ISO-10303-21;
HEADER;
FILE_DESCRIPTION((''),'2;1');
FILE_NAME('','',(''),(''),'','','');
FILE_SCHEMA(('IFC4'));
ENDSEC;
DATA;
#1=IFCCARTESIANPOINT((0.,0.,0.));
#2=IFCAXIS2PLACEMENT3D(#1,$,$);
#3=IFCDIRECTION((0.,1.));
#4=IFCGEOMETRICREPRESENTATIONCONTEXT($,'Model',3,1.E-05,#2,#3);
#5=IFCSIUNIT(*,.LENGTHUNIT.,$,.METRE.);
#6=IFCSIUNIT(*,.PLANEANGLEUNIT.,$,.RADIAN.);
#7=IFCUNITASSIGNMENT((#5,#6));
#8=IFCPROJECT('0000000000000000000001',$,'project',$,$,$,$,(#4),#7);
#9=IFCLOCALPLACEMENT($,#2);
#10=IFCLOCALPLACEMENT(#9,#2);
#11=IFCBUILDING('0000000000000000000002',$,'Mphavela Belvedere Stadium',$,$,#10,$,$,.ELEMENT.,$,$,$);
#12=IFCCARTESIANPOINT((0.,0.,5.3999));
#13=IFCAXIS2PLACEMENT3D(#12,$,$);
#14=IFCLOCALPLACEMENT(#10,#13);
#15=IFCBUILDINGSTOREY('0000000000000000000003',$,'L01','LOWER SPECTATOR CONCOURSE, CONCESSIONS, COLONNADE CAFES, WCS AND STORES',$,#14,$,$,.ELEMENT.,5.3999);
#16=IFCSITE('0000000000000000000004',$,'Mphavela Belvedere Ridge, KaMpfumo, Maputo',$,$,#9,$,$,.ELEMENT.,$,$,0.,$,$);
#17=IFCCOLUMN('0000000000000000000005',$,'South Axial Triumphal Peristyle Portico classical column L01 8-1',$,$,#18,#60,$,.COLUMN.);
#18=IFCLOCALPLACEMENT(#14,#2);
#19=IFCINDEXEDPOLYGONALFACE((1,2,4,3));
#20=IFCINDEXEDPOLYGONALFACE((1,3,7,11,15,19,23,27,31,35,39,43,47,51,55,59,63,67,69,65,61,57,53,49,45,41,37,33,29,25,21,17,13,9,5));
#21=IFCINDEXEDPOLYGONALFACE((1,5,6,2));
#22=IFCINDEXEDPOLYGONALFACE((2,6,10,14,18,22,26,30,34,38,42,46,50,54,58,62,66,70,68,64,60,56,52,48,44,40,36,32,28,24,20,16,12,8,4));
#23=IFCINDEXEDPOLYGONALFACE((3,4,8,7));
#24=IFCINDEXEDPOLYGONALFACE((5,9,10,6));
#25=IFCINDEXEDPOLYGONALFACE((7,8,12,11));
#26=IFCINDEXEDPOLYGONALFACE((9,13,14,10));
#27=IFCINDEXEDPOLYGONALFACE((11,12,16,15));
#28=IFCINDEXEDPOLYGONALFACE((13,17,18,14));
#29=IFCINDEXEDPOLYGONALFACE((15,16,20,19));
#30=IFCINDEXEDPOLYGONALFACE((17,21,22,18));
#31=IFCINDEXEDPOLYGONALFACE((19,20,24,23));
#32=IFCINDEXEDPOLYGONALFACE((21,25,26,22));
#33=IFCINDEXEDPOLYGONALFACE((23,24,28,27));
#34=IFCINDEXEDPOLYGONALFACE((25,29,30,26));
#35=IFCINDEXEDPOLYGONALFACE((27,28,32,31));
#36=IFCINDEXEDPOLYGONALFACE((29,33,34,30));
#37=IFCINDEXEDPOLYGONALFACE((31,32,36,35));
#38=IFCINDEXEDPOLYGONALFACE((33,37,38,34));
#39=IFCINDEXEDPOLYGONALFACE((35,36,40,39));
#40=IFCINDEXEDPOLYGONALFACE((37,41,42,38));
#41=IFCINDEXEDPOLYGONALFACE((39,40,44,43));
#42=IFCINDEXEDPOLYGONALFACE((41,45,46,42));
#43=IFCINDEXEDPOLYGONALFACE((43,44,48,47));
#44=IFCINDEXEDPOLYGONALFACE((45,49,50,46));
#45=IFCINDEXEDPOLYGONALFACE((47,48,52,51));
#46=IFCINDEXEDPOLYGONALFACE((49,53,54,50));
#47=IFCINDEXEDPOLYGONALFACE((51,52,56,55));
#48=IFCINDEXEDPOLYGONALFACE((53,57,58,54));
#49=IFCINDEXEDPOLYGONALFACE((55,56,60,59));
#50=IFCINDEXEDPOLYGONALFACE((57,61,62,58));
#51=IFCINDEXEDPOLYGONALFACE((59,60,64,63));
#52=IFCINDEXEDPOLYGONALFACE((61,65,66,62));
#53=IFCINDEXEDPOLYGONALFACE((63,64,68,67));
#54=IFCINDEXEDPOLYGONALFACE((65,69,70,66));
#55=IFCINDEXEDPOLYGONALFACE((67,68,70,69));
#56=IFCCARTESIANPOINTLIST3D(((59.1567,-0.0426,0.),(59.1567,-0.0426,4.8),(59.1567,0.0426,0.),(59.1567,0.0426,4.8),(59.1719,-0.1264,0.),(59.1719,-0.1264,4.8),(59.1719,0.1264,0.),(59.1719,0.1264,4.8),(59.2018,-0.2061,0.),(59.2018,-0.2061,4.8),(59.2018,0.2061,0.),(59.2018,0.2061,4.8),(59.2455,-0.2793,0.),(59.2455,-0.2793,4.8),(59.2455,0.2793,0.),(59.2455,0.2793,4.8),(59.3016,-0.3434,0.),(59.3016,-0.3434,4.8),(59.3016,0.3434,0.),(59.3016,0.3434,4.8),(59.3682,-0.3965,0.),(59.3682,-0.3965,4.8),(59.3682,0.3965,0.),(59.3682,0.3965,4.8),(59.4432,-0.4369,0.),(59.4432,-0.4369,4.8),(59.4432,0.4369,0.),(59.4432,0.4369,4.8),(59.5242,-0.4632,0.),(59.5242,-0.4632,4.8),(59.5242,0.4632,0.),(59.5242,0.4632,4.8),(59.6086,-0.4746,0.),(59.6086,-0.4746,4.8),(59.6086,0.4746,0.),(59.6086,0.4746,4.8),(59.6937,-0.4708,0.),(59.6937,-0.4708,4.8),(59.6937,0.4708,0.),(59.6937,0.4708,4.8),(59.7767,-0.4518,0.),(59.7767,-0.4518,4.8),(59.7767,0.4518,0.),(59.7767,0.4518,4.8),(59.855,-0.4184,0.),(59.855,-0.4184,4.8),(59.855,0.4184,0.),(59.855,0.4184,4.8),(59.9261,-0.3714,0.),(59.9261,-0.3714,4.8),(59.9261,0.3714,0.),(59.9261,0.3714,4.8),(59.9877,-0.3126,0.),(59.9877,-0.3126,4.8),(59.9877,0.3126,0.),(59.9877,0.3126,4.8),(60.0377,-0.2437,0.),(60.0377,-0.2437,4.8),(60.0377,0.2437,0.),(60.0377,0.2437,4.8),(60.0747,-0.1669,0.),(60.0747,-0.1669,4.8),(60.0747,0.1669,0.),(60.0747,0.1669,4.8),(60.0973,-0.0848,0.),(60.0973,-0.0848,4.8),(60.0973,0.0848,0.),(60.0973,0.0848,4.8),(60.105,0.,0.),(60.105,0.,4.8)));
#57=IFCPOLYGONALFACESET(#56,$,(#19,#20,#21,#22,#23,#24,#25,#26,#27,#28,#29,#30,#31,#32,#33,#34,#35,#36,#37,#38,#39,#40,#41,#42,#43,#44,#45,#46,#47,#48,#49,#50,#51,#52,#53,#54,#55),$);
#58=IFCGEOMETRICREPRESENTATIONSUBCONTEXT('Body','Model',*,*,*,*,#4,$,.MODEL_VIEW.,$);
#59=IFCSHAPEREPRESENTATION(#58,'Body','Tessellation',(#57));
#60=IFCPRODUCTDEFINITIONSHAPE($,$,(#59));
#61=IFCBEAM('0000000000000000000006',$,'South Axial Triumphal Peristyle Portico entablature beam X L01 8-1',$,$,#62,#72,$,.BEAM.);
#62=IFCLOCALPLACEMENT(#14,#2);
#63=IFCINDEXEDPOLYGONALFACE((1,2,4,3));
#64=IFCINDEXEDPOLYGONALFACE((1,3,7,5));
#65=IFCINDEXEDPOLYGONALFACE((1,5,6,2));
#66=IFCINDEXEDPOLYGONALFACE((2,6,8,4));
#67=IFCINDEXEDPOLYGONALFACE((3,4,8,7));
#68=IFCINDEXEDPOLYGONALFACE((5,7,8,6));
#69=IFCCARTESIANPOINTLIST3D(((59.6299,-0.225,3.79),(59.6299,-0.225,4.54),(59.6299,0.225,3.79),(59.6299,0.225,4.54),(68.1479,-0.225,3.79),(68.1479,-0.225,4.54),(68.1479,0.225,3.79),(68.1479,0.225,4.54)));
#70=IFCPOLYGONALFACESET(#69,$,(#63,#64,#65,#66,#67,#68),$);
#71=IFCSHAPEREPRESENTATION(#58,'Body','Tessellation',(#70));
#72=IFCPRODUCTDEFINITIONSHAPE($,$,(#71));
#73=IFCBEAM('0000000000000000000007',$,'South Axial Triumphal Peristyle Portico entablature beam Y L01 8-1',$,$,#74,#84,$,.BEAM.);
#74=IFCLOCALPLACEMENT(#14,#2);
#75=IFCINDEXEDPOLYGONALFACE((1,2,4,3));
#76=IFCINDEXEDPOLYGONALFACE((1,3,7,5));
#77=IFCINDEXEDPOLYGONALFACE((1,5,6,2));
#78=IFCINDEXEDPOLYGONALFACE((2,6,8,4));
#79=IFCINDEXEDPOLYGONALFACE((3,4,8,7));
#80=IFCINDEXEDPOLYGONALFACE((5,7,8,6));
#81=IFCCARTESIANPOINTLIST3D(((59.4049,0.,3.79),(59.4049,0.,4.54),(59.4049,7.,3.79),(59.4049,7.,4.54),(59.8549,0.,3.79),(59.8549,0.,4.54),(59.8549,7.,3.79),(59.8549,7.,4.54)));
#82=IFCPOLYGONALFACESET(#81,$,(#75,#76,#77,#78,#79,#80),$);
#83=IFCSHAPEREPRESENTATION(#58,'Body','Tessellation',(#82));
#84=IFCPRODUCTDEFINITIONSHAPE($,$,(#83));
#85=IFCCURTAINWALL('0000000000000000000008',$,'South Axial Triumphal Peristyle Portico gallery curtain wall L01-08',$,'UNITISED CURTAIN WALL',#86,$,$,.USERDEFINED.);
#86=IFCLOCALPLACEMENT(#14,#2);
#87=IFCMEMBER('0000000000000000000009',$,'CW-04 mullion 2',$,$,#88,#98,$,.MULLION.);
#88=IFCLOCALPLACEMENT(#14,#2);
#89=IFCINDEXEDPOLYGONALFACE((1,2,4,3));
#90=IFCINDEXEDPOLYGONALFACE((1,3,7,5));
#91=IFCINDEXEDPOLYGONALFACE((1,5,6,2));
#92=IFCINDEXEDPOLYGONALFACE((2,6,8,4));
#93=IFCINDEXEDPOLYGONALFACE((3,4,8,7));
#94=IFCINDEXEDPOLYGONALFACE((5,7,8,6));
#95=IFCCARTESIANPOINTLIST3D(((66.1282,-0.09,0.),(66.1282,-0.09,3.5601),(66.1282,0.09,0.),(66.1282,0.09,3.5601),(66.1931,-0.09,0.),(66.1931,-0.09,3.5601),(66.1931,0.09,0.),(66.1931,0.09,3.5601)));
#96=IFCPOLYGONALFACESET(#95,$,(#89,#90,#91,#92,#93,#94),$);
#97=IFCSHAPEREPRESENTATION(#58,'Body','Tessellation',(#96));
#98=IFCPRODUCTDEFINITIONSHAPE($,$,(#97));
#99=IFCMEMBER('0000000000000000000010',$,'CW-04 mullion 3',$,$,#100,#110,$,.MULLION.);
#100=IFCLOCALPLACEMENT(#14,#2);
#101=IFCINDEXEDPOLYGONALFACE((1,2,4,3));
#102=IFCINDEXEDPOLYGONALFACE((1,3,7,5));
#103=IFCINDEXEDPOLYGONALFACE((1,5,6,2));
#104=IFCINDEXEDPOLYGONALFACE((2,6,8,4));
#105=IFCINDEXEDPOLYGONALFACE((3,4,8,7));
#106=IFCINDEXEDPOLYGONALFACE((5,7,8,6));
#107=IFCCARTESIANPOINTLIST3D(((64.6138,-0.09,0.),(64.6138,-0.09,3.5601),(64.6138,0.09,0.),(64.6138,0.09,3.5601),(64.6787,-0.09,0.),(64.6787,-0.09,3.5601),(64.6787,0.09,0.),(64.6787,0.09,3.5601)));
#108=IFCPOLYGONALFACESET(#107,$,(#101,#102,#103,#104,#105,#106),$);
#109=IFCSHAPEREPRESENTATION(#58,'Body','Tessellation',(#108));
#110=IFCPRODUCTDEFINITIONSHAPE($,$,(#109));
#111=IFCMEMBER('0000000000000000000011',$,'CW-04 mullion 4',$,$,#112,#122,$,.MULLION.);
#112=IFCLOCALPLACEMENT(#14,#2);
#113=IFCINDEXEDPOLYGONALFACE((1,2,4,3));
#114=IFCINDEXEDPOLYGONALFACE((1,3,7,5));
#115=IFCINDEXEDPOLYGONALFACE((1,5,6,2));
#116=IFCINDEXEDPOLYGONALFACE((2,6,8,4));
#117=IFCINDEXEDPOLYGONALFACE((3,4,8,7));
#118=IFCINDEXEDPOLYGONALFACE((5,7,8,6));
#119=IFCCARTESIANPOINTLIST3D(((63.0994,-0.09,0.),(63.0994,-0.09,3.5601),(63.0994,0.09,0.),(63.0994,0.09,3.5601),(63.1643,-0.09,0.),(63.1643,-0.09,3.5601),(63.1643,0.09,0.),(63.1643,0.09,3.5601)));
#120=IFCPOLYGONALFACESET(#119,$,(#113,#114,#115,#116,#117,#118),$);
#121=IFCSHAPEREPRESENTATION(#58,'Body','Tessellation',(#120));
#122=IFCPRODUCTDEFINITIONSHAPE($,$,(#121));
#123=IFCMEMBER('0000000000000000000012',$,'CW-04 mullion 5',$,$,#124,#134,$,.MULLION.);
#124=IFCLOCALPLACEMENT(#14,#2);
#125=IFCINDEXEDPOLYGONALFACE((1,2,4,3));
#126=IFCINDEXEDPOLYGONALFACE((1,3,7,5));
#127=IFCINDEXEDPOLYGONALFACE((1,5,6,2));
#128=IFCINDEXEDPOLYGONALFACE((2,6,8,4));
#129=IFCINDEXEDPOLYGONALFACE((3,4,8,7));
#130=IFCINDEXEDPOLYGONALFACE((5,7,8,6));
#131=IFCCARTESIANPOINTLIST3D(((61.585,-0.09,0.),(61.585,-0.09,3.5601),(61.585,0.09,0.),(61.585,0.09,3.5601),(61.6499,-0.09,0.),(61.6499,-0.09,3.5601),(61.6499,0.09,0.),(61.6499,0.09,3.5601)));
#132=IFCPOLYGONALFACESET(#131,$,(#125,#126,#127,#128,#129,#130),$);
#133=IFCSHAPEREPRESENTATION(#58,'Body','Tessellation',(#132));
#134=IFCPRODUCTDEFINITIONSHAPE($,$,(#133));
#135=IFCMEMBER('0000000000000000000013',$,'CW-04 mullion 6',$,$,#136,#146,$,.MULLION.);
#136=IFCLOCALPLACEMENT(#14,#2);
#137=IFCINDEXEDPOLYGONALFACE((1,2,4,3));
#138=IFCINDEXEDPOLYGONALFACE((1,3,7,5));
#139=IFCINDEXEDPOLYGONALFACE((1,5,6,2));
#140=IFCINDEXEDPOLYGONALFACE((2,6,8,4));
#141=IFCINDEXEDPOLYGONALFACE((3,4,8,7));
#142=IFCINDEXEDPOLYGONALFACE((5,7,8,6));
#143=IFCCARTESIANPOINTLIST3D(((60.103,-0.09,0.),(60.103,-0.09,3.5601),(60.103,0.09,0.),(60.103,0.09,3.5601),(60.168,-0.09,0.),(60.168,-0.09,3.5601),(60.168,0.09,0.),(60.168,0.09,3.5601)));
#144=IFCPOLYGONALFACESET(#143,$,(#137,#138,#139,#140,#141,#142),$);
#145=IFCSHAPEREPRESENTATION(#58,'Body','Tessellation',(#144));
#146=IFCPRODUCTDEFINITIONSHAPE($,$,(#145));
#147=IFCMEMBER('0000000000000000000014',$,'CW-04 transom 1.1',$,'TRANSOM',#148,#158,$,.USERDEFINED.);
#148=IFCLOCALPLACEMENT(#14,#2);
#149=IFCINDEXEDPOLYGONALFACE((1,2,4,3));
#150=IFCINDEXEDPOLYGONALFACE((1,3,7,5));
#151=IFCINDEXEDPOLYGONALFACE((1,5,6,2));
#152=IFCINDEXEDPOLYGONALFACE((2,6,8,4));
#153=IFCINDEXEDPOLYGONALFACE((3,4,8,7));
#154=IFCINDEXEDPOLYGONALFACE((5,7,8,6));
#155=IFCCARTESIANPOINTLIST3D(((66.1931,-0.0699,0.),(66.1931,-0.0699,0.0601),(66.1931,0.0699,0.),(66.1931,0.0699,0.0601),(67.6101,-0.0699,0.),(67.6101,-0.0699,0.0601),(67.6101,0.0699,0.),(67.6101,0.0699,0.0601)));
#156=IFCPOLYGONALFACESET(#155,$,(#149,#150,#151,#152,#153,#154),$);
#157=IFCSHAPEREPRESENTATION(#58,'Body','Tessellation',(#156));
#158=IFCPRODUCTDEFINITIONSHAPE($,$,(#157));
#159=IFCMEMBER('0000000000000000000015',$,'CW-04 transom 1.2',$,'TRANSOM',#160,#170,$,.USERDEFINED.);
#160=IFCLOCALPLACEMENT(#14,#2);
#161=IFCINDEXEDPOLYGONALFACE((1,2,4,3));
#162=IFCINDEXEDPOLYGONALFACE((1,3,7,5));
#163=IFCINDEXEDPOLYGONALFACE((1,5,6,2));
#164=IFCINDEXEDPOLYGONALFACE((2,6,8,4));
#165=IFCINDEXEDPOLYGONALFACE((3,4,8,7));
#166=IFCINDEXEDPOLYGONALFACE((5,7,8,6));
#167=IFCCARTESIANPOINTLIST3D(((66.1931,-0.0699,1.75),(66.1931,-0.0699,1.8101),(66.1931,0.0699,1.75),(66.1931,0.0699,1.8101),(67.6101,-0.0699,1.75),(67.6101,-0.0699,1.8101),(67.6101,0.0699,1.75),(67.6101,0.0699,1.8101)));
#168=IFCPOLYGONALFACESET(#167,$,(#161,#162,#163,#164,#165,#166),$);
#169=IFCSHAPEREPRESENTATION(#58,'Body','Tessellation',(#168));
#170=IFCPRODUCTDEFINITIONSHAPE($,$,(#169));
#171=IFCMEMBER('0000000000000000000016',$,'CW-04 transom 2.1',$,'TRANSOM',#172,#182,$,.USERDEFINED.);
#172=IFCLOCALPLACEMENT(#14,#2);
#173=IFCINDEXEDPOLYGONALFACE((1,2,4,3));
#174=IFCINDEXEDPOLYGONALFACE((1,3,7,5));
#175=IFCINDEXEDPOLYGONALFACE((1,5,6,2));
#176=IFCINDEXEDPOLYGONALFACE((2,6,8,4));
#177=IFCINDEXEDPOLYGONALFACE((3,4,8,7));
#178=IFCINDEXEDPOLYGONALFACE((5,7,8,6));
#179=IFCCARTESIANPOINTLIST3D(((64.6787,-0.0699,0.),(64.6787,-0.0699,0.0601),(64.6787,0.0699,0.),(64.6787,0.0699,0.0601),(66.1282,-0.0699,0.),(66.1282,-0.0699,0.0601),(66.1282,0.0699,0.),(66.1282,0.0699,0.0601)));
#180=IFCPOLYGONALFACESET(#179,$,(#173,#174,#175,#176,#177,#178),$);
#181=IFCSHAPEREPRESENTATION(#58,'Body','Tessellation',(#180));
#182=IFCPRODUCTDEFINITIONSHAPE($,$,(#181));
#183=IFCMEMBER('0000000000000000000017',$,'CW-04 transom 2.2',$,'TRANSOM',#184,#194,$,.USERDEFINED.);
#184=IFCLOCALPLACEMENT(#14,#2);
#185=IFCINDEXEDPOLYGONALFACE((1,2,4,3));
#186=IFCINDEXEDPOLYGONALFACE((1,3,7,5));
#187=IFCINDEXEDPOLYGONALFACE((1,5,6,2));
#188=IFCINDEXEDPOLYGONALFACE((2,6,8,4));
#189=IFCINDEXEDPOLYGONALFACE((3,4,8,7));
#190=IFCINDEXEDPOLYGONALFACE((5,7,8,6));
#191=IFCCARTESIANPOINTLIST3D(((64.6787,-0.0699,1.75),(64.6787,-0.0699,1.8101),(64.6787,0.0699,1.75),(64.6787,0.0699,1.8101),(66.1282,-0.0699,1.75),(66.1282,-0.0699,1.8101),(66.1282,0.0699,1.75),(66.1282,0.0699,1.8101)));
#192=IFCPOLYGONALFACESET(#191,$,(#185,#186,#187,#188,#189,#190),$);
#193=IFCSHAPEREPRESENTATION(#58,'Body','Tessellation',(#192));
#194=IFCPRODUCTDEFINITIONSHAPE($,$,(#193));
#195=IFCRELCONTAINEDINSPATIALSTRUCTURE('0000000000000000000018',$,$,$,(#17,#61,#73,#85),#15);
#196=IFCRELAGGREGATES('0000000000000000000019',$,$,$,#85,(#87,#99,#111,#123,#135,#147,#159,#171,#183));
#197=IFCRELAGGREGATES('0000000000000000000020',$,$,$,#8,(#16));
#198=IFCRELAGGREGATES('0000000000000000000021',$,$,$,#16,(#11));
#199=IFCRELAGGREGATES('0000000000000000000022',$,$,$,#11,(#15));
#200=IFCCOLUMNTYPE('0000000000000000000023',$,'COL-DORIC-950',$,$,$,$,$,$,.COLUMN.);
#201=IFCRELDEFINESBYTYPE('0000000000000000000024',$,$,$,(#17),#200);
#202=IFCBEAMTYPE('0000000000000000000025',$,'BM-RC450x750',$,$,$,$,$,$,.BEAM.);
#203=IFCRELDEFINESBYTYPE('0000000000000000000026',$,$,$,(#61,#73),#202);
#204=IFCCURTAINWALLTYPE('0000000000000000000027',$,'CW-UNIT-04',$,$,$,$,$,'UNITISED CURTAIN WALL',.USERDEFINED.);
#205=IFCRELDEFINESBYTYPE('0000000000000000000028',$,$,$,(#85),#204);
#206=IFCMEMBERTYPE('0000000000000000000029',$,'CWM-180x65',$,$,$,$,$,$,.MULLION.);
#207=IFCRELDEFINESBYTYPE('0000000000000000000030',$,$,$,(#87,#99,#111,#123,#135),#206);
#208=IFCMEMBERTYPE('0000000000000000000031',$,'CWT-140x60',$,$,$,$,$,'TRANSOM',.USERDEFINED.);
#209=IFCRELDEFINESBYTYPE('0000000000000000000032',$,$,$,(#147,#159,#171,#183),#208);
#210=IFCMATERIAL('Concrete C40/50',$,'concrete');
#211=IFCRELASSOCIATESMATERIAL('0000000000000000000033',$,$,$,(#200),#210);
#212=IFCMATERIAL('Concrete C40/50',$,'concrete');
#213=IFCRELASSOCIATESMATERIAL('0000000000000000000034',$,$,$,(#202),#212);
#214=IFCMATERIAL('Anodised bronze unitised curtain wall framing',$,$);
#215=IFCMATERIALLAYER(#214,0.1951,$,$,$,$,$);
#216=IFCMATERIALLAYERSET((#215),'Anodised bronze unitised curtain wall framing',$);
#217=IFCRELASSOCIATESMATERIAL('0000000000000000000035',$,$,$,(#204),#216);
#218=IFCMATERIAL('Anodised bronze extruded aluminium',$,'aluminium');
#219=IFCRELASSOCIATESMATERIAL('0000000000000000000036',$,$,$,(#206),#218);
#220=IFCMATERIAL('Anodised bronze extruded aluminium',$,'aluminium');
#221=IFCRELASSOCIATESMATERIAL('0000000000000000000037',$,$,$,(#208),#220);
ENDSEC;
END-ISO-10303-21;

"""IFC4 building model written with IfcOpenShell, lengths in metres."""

from ifc_helpers import new_model, si_unit, direction, frame, origin, origin_2d, place, context, subcontext, project, spatial, rectangle, circle, extrude, material, layer, layer_set, material_profile, profile_set, type_object, element, aggregate, save


model = new_model("IFC4")

# Units and contexts
model_context = context("Model", 3, precision=1e-05, world=origin(), true_north=direction((0.0, 1.0)))
body_context = subcontext(model_context, "Body", "Model", "MODEL_VIEW")
ifc_project = project(units=[si_unit("LENGTHUNIT", "METRE"), si_unit("PLANEANGLEUNIT", "RADIAN")], contexts=[model_context])

# Site, building, storey
site_placement = place(None, origin())
site = spatial("IfcSite", under=ifc_project, at=site_placement, Name="Mphavela Belvedere Ridge, KaMpfumo, Maputo", CompositionType="ELEMENT", RefElevation=0.0)
building_placement = place(site_placement, origin())
building = spatial("IfcBuilding", under=site, at=building_placement, Name="Mphavela Belvedere Stadium", CompositionType="ELEMENT")
storey_placement = place(building_placement, frame((0.0, 0.0, 5.3999)))
storey = spatial("IfcBuildingStorey", under=building, at=storey_placement, Name="L01", Description="LOWER SPECTATOR CONCOURSE, CONCESSIONS, COLONNADE CAFES, WCS AND STORES", CompositionType="ELEMENT", Elevation=5.3999)

# Column
ifc_material_1 = material(Name="Concrete C40/50", Category="concrete")
ifc_material_profile_1 = material_profile(ifc_material_1, circle(Radius=0.4751, at=origin_2d()), Name="COL D950")
ifc_profile_set_1 = profile_set([ifc_material_profile_1], Name="Concrete C40/50")
column_type = type_object("IfcColumnType", Name="COL-DORIC-950", PredefinedType="COLUMN", material=ifc_profile_set_1)
column_placement = place(storey_placement, frame((59.6299, 0.0, 0.0), z_axis=(0.0, 0.0, 1.0), x_axis=(1.0, 0.0, 0.0)))
element("IfcColumn", 1, at=column_placement, inside=storey, type_object=column_type, Name="South Axial Triumphal Peristyle Portico classical column L01 8-1", PredefinedType="COLUMN", context=body_context, shape_type="SweptSolid", body=[
    extrude(circle(Radius=0.4751, at=origin_2d()), origin(), (0.0, 0.0, 1.0), 4.8),
])

# Beams
ifc_material_2 = material(Name="Concrete C40/50", Category="concrete")
ifc_material_profile_2 = material_profile(ifc_material_2, rectangle(XDim=0.45, YDim=0.75, at=origin_2d()), Name="RC 450x750")
ifc_profile_set_2 = profile_set([ifc_material_profile_2], Name="Concrete C40/50")
beam_type = type_object("IfcBeamType", Name="BM-RC450x750", PredefinedType="BEAM", material=ifc_profile_set_2)
beam_1_placement = place(storey_placement, frame((59.6299, 0.0, 4.165), z_axis=(1.0, 0.0, 0.0), x_axis=(0.0, 1.0, 0.0)))
element("IfcBeam", 2, at=beam_1_placement, inside=storey, type_object=beam_type, Name="South Axial Triumphal Peristyle Portico entablature beam X L01 8-1", PredefinedType="BEAM", context=body_context, shape_type="SweptSolid", body=[
    extrude(rectangle(XDim=0.45, YDim=0.75, at=origin_2d()), origin(), (0.0, 0.0, 1.0), 8.5181),
])
beam_2_placement = place(storey_placement, frame((59.6299, 0.0, 4.165), z_axis=(0.0, 1.0, 0.0), x_axis=(-1.0, 0.0, 0.0)))
element("IfcBeam", 3, at=beam_2_placement, inside=storey, type_object=beam_type, Name="South Axial Triumphal Peristyle Portico entablature beam Y L01 8-1", PredefinedType="BEAM", context=body_context, shape_type="SweptSolid", body=[
    extrude(rectangle(XDim=0.45, YDim=0.75, at=origin_2d()), origin(), (0.0, 0.0, 1.0), 7.0),
])

# Curtain wall, members
ifc_material_3 = material(Name="Anodised bronze unitised curtain wall framing")
ifc_layer_1 = layer(ifc_material_3, 0.1951)
ifc_layer_set_1 = layer_set([ifc_layer_1], Name="Anodised bronze unitised curtain wall framing")
curtain_wall_type = type_object("IfcCurtainWallType", Name="CW-UNIT-04", ElementType="UNITISED CURTAIN WALL", PredefinedType="USERDEFINED", material=ifc_layer_set_1)
curtain_wall_placement = place(storey_placement, origin())
curtain_wall = element("IfcCurtainWall", 4, at=curtain_wall_placement, inside=storey, type_object=curtain_wall_type, Name="South Axial Triumphal Peristyle Portico gallery curtain wall L01-08", ObjectType="UNITISED CURTAIN WALL", PredefinedType="USERDEFINED")
ifc_material_4 = material(Name="Anodised bronze extruded aluminium", Category="aluminium")
ifc_material_profile_3 = material_profile(ifc_material_4, rectangle(XDim=0.1799, YDim=0.0649, at=origin_2d()), Name="CW-MUL 180x65")
ifc_profile_set_3 = profile_set([ifc_material_profile_3], Name="Anodised bronze extruded aluminium")
member_type_1 = type_object("IfcMemberType", Name="CWM-180x65", PredefinedType="MULLION", material=ifc_profile_set_3)
member_1_placement = place(storey_placement, frame((66.1606, 0.0, 0.0), z_axis=(0.0, 0.0, 1.0), x_axis=(0.0, -1.0, 0.0)))
member_1 = element("IfcMember", 5, at=member_1_placement, type_object=member_type_1, Name="CW-04 mullion 2", PredefinedType="MULLION", context=body_context, shape_type="SweptSolid", body=[
    extrude(rectangle(XDim=0.1799, YDim=0.0649, at=origin_2d()), origin(), (0.0, 0.0, 1.0), 3.5601),
])
member_2_placement = place(storey_placement, frame((64.6462, 0.0, 0.0), z_axis=(0.0, 0.0, 1.0), x_axis=(0.0, -1.0, 0.0)))
member_2 = element("IfcMember", 6, at=member_2_placement, type_object=member_type_1, Name="CW-04 mullion 3", PredefinedType="MULLION", context=body_context, shape_type="SweptSolid", body=[
    extrude(rectangle(XDim=0.1799, YDim=0.0649, at=origin_2d()), origin(), (0.0, 0.0, 1.0), 3.5601),
])
member_3_placement = place(storey_placement, frame((63.1318, 0.0, 0.0), z_axis=(0.0, 0.0, 1.0), x_axis=(0.0, -1.0, 0.0)))
member_3 = element("IfcMember", 7, at=member_3_placement, type_object=member_type_1, Name="CW-04 mullion 4", PredefinedType="MULLION", context=body_context, shape_type="SweptSolid", body=[
    extrude(rectangle(XDim=0.1799, YDim=0.0649, at=origin_2d()), origin(), (0.0, 0.0, 1.0), 3.5601),
])
member_4_placement = place(storey_placement, frame((61.6174, 0.0, 0.0), z_axis=(0.0, 0.0, 1.0), x_axis=(0.0, -1.0, 0.0)))
member_4 = element("IfcMember", 8, at=member_4_placement, type_object=member_type_1, Name="CW-04 mullion 5", PredefinedType="MULLION", context=body_context, shape_type="SweptSolid", body=[
    extrude(rectangle(XDim=0.1799, YDim=0.0649, at=origin_2d()), origin(), (0.0, 0.0, 1.0), 3.5601),
])
member_5_placement = place(storey_placement, frame((60.1355, 0.0, 0.0), z_axis=(0.0, 0.0, 1.0), x_axis=(0.0, -1.0, 0.0)))
member_5 = element("IfcMember", 9, at=member_5_placement, type_object=member_type_1, Name="CW-04 mullion 6", PredefinedType="MULLION", context=body_context, shape_type="SweptSolid", body=[
    extrude(rectangle(XDim=0.1799, YDim=0.0649, at=origin_2d()), origin(), (0.0, 0.0, 1.0), 3.5601),
])
ifc_material_5 = material(Name="Anodised bronze extruded aluminium", Category="aluminium")
ifc_material_profile_4 = material_profile(ifc_material_5, rectangle(XDim=0.1399, YDim=0.0601, at=origin_2d()), Name="CW-TRN 140x60")
ifc_profile_set_4 = profile_set([ifc_material_profile_4], Name="Anodised bronze extruded aluminium")
member_type_2 = type_object("IfcMemberType", Name="CWT-140x60", ElementType="TRANSOM", PredefinedType="USERDEFINED", material=ifc_profile_set_4)
member_6_placement = place(storey_placement, frame((67.6101, 0.0, 0.03), z_axis=(-1.0, 0.0, 0.0), x_axis=(0.0, -1.0, 0.0)))
member_6 = element("IfcMember", 10, at=member_6_placement, type_object=member_type_2, Name="CW-04 transom 1.1", ObjectType="TRANSOM", PredefinedType="USERDEFINED", context=body_context, shape_type="SweptSolid", body=[
    extrude(rectangle(XDim=0.1399, YDim=0.0601, at=origin_2d()), origin(), (0.0, 0.0, 1.0), 1.417),
])
member_7_placement = place(storey_placement, frame((67.6101, 0.0, 1.78), z_axis=(-1.0, 0.0, 0.0), x_axis=(0.0, -1.0, 0.0)))
member_7 = element("IfcMember", 11, at=member_7_placement, type_object=member_type_2, Name="CW-04 transom 1.2", ObjectType="TRANSOM", PredefinedType="USERDEFINED", context=body_context, shape_type="SweptSolid", body=[
    extrude(rectangle(XDim=0.1399, YDim=0.0601, at=origin_2d()), origin(), (0.0, 0.0, 1.0), 1.417),
])
member_8_placement = place(storey_placement, frame((66.1282, 0.0, 0.03), z_axis=(-1.0, 0.0, 0.0), x_axis=(0.0, -1.0, 0.0)))
member_8 = element("IfcMember", 12, at=member_8_placement, type_object=member_type_2, Name="CW-04 transom 2.1", ObjectType="TRANSOM", PredefinedType="USERDEFINED", context=body_context, shape_type="SweptSolid", body=[
    extrude(rectangle(XDim=0.1399, YDim=0.0601, at=origin_2d()), origin(), (0.0, 0.0, 1.0), 1.4495),
])
member_9_placement = place(storey_placement, frame((66.1282, 0.0, 1.78), z_axis=(-1.0, 0.0, 0.0), x_axis=(0.0, -1.0, 0.0)))
member_9 = element("IfcMember", 13, at=member_9_placement, type_object=member_type_2, Name="CW-04 transom 2.2", ObjectType="TRANSOM", PredefinedType="USERDEFINED", context=body_context, shape_type="SweptSolid", body=[
    extrude(rectangle(XDim=0.1399, YDim=0.0601, at=origin_2d()), origin(), (0.0, 0.0, 1.0), 1.4495),
])
aggregate(curtain_wall, [member_1, member_2, member_3, member_4, member_5, member_6, member_7, member_8, member_9])

save(model, "model.ifc")
